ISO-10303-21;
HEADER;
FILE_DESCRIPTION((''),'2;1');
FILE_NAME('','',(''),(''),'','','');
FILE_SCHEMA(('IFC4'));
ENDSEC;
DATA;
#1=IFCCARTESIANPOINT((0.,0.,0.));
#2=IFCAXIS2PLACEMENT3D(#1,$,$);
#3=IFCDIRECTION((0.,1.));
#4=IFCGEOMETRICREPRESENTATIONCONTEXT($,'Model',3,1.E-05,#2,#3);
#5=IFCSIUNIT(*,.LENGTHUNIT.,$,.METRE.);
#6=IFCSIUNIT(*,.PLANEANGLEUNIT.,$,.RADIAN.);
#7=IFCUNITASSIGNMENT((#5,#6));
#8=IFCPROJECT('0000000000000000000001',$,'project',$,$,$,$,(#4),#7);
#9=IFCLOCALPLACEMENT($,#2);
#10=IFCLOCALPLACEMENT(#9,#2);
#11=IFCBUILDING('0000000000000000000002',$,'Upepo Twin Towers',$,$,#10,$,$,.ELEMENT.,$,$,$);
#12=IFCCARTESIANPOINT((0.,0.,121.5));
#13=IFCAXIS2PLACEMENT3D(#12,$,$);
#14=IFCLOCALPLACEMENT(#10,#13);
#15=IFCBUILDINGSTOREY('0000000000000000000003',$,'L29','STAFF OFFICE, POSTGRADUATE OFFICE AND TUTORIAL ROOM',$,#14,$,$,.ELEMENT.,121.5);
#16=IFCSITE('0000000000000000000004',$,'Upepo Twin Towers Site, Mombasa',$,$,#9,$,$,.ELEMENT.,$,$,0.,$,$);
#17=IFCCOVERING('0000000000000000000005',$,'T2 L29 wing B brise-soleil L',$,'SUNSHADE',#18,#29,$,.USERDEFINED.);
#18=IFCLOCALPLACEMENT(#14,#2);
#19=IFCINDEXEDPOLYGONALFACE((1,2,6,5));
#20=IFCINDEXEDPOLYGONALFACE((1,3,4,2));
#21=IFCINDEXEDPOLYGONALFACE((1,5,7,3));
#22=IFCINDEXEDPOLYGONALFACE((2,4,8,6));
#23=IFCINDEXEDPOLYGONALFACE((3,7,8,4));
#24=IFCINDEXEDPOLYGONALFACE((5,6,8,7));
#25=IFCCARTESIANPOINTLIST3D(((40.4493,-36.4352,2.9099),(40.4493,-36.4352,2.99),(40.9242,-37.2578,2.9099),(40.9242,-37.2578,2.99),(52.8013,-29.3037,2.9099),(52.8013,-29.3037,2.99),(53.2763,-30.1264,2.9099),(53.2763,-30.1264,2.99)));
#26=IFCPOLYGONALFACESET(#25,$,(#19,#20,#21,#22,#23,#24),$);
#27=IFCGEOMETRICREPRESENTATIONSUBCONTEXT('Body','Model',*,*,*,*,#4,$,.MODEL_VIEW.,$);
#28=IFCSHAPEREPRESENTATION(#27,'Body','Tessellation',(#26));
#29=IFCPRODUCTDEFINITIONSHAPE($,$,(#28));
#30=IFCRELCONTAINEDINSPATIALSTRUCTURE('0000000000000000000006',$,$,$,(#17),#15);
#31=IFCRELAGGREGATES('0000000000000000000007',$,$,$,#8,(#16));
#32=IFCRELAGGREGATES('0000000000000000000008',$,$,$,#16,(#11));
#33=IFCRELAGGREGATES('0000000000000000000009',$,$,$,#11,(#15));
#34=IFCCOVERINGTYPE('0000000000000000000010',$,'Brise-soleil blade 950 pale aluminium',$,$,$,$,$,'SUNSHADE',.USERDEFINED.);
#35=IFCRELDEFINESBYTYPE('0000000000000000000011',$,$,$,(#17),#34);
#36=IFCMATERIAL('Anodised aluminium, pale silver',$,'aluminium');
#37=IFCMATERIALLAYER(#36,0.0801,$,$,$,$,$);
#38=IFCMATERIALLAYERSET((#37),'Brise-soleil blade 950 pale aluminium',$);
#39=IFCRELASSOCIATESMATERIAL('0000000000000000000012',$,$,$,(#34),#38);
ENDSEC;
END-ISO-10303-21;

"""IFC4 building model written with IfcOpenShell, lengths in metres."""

from ifc_helpers import new_model, si_unit, direction, frame, origin, origin_2d, place, context, subcontext, project, spatial, rectangle, extrude, material, layer, layer_set, type_object, element, save


model = new_model("IFC4")

# Units and contexts
model_context = context("Model", 3, precision=1e-05, world=origin(), true_north=direction((0.0, 1.0)))
body_context = subcontext(model_context, "Body", "Model", "MODEL_VIEW")
ifc_project = project(units=[si_unit("LENGTHUNIT", "METRE"), si_unit("PLANEANGLEUNIT", "RADIAN")], contexts=[model_context])

# Site, building, storey
site_placement = place(None, origin())
site = spatial("IfcSite", under=ifc_project, at=site_placement, Name="Upepo Twin Towers Site, Mombasa", CompositionType="ELEMENT", RefElevation=0.0)
building_placement = place(site_placement, origin())
building = spatial("IfcBuilding", under=site, at=building_placement, Name="Upepo Twin Towers", CompositionType="ELEMENT")
storey_placement = place(building_placement, frame((0.0, 0.0, 121.5)))
storey = spatial("IfcBuildingStorey", under=building, at=storey_placement, Name="L29", Description="STAFF OFFICE, POSTGRADUATE OFFICE AND TUTORIAL ROOM", CompositionType="ELEMENT", Elevation=121.5)

# Covering
ifc_material_1 = material(Name="Anodised aluminium, pale silver", Category="aluminium")
ifc_layer_1 = layer(ifc_material_1, 0.0801)
ifc_layer_set_1 = layer_set([ifc_layer_1], Name="Brise-soleil blade 950 pale aluminium")
covering_type = type_object("IfcCoveringType", Name="Brise-soleil blade 950 pale aluminium", ElementType="SUNSHADE", PredefinedType="USERDEFINED", material=ifc_layer_set_1)
covering_placement = place(storey_placement, frame((46.8628, -33.2808, 2.9099), z_axis=(0.0, 0.0, 1.0), x_axis=(-0.866025, -0.5, 0.0)))
element("IfcCovering", 1, at=covering_placement, inside=storey, type_object=covering_type, Name="T2 L29 wing B brise-soleil L", ObjectType="SUNSHADE", PredefinedType="USERDEFINED", context=body_context, shape_type="SweptSolid", body=[
    extrude(rectangle(XDim=14.2629, YDim=0.95, at=origin_2d()), origin(), (0.0, 0.0, 1.0), 0.0801),
])

save(model, "model.ifc")
